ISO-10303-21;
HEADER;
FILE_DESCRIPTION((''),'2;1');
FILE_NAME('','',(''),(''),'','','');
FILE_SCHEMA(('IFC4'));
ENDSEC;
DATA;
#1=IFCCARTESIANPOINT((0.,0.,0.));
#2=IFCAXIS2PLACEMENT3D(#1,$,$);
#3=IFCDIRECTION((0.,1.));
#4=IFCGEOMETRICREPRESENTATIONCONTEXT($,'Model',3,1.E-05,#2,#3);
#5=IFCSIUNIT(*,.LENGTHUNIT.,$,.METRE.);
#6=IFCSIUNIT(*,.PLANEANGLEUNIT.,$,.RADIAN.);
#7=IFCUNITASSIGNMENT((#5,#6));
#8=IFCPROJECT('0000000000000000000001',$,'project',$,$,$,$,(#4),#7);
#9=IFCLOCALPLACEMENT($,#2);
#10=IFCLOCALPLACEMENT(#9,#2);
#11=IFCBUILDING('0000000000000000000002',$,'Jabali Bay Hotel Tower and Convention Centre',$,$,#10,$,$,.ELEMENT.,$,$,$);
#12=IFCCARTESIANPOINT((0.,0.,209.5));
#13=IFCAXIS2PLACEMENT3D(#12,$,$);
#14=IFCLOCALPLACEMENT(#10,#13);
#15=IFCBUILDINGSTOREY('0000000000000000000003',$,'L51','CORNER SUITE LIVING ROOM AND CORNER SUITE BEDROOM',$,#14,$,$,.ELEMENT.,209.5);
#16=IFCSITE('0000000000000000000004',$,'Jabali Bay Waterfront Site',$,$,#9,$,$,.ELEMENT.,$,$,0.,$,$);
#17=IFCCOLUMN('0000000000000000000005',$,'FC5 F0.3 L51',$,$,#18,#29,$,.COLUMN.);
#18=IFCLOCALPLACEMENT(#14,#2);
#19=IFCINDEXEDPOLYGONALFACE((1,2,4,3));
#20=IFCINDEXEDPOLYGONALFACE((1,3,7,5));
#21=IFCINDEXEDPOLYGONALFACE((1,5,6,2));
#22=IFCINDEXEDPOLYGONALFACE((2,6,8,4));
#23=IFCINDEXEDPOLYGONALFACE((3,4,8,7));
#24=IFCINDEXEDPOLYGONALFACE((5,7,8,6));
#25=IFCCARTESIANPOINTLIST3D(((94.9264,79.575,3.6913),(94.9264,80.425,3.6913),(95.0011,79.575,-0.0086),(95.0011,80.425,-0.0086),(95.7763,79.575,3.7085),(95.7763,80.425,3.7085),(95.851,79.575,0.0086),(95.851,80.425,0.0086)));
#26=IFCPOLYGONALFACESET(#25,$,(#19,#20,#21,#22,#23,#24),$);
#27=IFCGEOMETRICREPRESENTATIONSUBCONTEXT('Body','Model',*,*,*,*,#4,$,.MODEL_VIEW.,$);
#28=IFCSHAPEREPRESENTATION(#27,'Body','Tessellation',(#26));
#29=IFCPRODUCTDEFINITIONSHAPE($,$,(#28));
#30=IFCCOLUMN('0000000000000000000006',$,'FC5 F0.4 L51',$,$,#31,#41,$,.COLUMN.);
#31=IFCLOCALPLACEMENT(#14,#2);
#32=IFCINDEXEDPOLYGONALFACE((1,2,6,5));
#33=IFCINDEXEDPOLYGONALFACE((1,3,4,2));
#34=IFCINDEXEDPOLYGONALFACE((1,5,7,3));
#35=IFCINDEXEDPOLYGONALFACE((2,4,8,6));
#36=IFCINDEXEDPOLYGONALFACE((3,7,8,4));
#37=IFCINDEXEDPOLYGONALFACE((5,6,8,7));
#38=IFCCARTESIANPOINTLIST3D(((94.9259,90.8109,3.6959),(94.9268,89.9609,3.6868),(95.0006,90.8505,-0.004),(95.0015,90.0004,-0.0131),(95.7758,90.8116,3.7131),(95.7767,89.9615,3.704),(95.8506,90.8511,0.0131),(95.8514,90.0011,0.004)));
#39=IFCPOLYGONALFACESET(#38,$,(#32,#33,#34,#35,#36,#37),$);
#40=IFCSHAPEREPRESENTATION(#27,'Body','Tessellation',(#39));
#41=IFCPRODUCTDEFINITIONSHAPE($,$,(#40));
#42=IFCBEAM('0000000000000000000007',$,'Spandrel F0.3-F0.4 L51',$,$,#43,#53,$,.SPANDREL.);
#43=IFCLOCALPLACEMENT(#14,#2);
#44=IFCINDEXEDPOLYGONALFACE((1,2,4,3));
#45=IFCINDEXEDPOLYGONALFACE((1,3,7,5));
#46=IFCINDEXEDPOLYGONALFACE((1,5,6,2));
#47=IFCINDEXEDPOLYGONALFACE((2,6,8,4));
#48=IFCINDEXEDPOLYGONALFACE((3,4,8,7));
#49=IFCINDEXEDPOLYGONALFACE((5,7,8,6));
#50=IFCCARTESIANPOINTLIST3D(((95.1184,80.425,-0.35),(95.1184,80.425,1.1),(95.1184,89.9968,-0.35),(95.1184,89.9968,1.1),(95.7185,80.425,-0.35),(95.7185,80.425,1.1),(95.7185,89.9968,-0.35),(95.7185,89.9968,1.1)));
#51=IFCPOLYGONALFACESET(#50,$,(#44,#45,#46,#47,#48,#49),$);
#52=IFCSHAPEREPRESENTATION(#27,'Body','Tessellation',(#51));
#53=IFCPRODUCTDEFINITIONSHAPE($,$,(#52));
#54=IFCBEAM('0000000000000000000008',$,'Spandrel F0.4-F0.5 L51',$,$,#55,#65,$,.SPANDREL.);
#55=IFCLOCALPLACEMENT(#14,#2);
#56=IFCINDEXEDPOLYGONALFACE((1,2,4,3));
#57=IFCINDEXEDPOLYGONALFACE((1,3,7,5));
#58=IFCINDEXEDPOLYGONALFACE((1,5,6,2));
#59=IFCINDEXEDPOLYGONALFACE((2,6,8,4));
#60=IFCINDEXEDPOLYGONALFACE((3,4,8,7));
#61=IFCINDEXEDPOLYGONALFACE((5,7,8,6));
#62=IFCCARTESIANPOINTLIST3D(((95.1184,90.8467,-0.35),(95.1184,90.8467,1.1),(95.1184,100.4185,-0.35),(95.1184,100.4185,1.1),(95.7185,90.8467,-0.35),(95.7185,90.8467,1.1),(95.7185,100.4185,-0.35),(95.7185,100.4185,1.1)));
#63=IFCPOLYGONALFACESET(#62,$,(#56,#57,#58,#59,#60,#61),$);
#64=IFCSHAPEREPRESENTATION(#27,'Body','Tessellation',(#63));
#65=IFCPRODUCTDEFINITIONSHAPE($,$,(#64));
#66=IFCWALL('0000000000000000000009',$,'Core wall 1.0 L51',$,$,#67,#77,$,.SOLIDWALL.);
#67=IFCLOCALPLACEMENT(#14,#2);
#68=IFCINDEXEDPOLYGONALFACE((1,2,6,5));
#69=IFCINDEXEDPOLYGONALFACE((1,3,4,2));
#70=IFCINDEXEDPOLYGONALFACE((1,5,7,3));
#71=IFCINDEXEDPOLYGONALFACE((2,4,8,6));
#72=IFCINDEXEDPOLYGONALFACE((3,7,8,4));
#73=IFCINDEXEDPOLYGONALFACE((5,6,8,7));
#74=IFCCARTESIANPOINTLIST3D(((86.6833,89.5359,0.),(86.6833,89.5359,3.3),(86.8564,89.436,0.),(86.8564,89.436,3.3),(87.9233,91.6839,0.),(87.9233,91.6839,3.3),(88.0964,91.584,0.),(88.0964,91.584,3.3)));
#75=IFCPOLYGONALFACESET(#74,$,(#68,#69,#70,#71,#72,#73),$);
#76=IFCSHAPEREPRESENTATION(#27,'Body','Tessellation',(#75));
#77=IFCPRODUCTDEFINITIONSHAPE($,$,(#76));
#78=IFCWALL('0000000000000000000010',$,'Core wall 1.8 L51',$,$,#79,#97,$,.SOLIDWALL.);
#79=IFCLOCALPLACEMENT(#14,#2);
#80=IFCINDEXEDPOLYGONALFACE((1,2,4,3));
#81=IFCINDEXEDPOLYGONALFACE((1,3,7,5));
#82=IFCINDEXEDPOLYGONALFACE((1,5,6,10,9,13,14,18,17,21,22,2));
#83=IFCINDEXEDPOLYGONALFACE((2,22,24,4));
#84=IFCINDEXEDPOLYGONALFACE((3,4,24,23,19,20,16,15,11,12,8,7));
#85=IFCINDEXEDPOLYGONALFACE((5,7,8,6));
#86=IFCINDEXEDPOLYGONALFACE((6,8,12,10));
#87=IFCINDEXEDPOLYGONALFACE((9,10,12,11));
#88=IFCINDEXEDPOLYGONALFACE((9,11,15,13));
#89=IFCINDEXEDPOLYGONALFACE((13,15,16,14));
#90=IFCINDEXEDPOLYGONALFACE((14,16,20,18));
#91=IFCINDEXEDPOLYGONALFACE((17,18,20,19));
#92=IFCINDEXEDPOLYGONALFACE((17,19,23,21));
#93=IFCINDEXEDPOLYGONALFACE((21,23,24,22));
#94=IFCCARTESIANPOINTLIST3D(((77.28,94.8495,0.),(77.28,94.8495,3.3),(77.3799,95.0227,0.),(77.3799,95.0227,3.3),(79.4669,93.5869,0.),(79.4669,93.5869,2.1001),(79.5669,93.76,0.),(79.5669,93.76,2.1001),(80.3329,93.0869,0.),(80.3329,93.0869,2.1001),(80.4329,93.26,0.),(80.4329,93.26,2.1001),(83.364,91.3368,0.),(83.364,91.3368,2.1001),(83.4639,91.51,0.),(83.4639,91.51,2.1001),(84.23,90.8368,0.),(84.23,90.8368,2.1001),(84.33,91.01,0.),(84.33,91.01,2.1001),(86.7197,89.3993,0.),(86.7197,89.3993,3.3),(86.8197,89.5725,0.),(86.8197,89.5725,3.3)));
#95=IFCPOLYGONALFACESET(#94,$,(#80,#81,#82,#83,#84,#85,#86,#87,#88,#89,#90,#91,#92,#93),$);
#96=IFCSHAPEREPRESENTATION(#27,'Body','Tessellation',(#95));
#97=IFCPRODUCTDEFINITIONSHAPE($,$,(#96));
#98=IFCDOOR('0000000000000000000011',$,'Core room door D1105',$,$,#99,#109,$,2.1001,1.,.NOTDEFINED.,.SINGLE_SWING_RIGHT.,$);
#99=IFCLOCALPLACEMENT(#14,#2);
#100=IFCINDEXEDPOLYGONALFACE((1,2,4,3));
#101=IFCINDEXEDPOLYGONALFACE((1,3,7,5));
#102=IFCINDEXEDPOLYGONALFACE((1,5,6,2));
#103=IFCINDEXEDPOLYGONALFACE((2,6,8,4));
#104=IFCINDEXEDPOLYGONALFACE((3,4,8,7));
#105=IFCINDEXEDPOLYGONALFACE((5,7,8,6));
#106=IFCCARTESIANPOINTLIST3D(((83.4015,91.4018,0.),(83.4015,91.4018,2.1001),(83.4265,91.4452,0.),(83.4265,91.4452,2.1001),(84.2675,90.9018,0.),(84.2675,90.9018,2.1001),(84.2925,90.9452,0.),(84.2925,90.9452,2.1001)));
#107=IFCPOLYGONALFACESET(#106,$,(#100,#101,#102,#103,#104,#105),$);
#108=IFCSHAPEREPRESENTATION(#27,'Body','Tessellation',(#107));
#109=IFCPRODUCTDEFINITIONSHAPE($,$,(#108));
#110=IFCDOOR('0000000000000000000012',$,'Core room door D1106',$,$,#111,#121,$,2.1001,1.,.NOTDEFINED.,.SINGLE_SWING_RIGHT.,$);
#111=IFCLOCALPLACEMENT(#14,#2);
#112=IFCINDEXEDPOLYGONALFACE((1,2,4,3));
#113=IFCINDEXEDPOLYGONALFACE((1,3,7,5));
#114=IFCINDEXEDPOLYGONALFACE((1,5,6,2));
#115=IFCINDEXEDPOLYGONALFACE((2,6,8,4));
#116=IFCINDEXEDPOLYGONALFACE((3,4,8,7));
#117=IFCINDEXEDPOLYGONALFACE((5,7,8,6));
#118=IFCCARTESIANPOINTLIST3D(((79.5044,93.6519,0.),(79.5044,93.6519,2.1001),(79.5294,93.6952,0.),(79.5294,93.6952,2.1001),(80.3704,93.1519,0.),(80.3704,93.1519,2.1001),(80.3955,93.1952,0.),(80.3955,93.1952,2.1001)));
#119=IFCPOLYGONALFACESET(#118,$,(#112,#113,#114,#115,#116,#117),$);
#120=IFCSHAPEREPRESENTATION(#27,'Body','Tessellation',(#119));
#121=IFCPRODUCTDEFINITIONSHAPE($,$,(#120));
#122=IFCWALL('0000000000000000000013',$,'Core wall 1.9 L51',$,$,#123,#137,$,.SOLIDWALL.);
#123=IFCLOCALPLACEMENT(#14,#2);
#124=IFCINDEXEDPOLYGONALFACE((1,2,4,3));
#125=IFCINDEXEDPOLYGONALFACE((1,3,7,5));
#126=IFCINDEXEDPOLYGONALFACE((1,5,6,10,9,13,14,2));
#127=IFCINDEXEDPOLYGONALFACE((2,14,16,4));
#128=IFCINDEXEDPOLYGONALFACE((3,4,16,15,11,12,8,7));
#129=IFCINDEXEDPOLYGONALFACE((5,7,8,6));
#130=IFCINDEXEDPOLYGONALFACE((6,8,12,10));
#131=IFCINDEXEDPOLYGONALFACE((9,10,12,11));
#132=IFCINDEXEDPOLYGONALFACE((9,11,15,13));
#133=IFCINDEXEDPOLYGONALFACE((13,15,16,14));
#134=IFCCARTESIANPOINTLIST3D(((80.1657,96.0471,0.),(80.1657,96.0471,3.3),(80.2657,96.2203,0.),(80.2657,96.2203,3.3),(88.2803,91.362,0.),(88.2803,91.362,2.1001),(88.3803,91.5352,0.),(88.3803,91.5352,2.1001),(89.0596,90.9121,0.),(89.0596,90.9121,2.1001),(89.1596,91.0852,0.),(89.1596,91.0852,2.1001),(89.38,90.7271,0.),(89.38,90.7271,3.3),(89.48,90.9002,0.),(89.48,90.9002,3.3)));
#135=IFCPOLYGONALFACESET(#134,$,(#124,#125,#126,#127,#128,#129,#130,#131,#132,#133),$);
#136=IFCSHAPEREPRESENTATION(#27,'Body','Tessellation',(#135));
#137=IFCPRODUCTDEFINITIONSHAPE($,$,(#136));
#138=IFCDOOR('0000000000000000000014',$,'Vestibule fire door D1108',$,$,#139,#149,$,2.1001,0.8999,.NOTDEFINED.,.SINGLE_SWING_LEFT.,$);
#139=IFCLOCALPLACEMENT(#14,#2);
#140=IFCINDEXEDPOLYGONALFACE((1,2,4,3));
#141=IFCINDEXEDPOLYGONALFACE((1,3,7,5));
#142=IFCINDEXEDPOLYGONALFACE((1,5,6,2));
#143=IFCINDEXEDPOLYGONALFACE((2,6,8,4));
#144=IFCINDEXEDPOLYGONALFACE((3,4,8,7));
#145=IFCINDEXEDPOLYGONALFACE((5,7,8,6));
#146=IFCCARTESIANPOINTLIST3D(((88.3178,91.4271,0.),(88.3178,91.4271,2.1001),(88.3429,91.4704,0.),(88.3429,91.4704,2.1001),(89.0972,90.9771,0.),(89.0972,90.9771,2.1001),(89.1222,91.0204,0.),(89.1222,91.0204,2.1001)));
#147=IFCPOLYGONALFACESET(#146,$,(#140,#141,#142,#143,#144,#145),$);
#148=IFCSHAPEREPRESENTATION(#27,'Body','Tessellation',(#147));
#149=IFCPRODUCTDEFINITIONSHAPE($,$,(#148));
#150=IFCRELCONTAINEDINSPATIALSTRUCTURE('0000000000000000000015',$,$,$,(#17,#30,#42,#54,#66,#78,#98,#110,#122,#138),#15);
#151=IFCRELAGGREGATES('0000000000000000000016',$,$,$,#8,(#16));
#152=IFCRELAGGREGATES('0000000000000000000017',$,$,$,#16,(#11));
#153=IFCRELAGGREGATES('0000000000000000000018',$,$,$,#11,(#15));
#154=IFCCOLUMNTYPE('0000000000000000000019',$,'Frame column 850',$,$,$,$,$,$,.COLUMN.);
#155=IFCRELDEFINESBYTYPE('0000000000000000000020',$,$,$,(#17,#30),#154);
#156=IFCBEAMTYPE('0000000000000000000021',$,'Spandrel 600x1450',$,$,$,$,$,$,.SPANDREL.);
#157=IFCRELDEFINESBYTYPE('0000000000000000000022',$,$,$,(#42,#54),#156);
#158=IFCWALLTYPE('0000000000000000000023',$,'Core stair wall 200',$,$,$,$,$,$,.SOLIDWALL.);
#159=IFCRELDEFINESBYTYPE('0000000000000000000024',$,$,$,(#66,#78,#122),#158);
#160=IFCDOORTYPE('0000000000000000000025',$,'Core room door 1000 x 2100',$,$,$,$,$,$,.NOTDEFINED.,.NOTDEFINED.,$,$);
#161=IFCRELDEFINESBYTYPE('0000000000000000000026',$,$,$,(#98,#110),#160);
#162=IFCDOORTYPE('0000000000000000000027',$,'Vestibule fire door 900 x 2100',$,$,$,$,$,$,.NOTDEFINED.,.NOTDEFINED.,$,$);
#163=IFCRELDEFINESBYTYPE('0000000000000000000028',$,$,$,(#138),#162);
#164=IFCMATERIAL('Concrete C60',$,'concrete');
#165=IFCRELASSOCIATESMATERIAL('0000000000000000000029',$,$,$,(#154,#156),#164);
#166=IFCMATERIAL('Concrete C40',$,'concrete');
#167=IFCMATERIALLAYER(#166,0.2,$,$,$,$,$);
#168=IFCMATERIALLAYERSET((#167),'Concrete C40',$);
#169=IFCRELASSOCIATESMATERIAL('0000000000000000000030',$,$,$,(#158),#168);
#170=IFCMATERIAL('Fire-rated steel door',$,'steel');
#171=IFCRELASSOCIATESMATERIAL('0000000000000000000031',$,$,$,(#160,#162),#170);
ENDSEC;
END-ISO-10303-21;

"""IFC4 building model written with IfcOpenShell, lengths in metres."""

from ifc_helpers import new_model, si_unit, direction, frame, frame_2d, origin, origin_2d, place, context, subcontext, project, spatial, rectangle, extrude, material, layer, layer_set, material_profile, profile_set, type_object, element, fill, save


model = new_model("IFC4")

# Units and contexts
model_context = context("Model", 3, precision=1e-05, world=origin(), true_north=direction((0.0, 1.0)))
body_context = subcontext(model_context, "Body", "Model", "MODEL_VIEW")
ifc_project = project(units=[si_unit("LENGTHUNIT", "METRE"), si_unit("PLANEANGLEUNIT", "RADIAN")], contexts=[model_context])

# Site, building, storey
site_placement = place(None, origin())
site = spatial("IfcSite", under=ifc_project, at=site_placement, Name="Jabali Bay Waterfront Site", CompositionType="ELEMENT", RefElevation=0.0)
building_placement = place(site_placement, origin())
building = spatial("IfcBuilding", under=site, at=building_placement, Name="Jabali Bay Hotel Tower and Convention Centre", CompositionType="ELEMENT")
storey_placement = place(building_placement, frame((0.0, 0.0, 209.5)))
storey = spatial("IfcBuildingStorey", under=building, at=storey_placement, Name="L51", Description="CORNER SUITE LIVING ROOM AND CORNER SUITE BEDROOM", CompositionType="ELEMENT", Elevation=209.5)

# Columns
ifc_material_1 = material(Name="Concrete C60", Category="concrete")
ifc_material_profile_1 = material_profile(ifc_material_1, rectangle(XDim=0.8501, YDim=0.8501, at=origin_2d()), Name="Frame column 850")
ifc_profile_set_1 = profile_set([ifc_material_profile_1], Name="Concrete C60")
column_type = type_object("IfcColumnType", Name="Frame column 850", PredefinedType="COLUMN", material=ifc_profile_set_1)
column_1_placement = place(storey_placement, frame((95.426, 80.0, 0.0), z_axis=(-0.020187, 0.0, 0.999796), x_axis=(0.0, -1.0, 0.0)))
element("IfcColumn", 1, at=column_1_placement, inside=storey, type_object=column_type, Name="FC5 F0.3 L51", PredefinedType="COLUMN", context=body_context, shape_type="SweptSolid", body=[
    extrude(rectangle(XDim=0.8501, YDim=0.8501, at=origin_2d()), origin(), (0.0, 0.0, 1.0), 3.7007),
])
column_2_placement = place(storey_placement, frame((95.426, 90.4258, 0.0), z_axis=(-0.020186, -0.010687, 0.999739), x_axis=(0.999796, 0.000797, 0.020196)))
element("IfcColumn", 2, at=column_2_placement, inside=storey, type_object=column_type, Name="FC5 F0.4 L51", PredefinedType="COLUMN", context=body_context, shape_type="SweptSolid", body=[
    extrude(rectangle(XDim=0.8501, YDim=0.8501, at=origin_2d()), origin(), (0.0, 0.0, 1.0), 3.7009),
])

# Beams
ifc_material_profile_2 = material_profile(ifc_material_1, rectangle(XDim=0.6001, YDim=1.45, at=origin_2d()), Name="Spandrel 600x1450")
ifc_profile_set_2 = profile_set([ifc_material_profile_2], Name="Concrete C60")
beam_type = type_object("IfcBeamType", Name="Spandrel 600x1450", PredefinedType="SPANDREL", material=ifc_profile_set_2)
for number, where, z_axis, x_axis, name in (
    (3, (95.4185, 80.425, 0.375), (0.0, 1.0, 0.0), (-1.0, 0.0, 0.0), "Spandrel F0.3-F0.4 L51"),
    (4, (95.4185, 90.8467, 0.375), (0.0, 1.0, 0.0), (-1.0, 0.0, 0.0), "Spandrel F0.4-F0.5 L51"),
):
    element("IfcBeam", number, at=place(storey_placement, frame(where, z_axis=z_axis, x_axis=x_axis)), inside=storey, type_object=beam_type, Name=name, PredefinedType="SPANDREL", context=body_context, shape_type="SweptSolid", body=[
        extrude(rectangle(XDim=0.6001, YDim=1.45, at=origin_2d()), origin(), (0.0, 0.0, 1.0), 9.5718),
    ])

# Wall
ifc_material_2 = material(Name="Concrete C40", Category="concrete")
ifc_layer_1 = layer(ifc_material_2, 0.2)
ifc_layer_set_1 = layer_set([ifc_layer_1], Name="Concrete C40")
wall_type_1 = type_object("IfcWallType", Name="Core stair wall 200", PredefinedType="SOLIDWALL", material=ifc_layer_set_1)
wall_1_placement = place(storey_placement, frame((86.7698, 89.4858, 0.0), z_axis=(0.0, 0.0, 1.0), x_axis=(0.499961, 0.866048, 0.0)))
element("IfcWall", 5, at=wall_1_placement, inside=storey, type_object=wall_type_1, Name="Core wall 1.0 L51", PredefinedType="SOLIDWALL", context=body_context, shape_type="SweptSolid", body=[
    extrude(rectangle(XDim=2.4802, YDim=0.2, at=frame_2d((1.2402, 0.0))), origin(), (0.0, 0.0, 1.0), 3.3),
])

# Wall, openings, doors
wall_2_placement = place(storey_placement, frame((86.7698, 89.4858, 0.0), z_axis=(0.0, 0.0, 1.0), x_axis=(-0.866018, 0.500013, 0.0)))
wall_2 = element("IfcWall", 6, at=wall_2_placement, inside=storey, type_object=wall_type_1, Name="Core wall 1.8 L51", PredefinedType="SOLIDWALL", context=body_context, shape_type="SweptSolid", body=[
    extrude(rectangle(XDim=10.9001, YDim=0.2, at=frame_2d((5.4502, 0.0))), origin(), (0.0, 0.0, 1.0), 3.3),
])
opening_1_placement = place(wall_2_placement, frame((2.875, 0.0, 0.0)))
opening_1 = element("IfcOpeningElement", 7, at=opening_1_placement, cuts=wall_2, PredefinedType="OPENING", context=body_context, shape_type="SweptSolid", body=[
    extrude(rectangle(XDim=1.0, YDim=2.1001, at=frame_2d((0.5, 1.05))), frame((0.0, 0.1104, 0.0), z_axis=(0.0, -1.0, 0.0), x_axis=(1.0, 0.0, 0.0)), (0.0, 0.0, 1.0), 0.2209),
])
opening_2_placement = place(wall_2_placement, frame((7.375, 0.0, 0.0)))
opening_2 = element("IfcOpeningElement", 8, at=opening_2_placement, cuts=wall_2, PredefinedType="OPENING", context=body_context, shape_type="SweptSolid", body=[
    extrude(rectangle(XDim=1.0, YDim=2.1001, at=frame_2d((0.5, 1.05))), frame((0.0, 0.1104, 0.0), z_axis=(0.0, -1.0, 0.0), x_axis=(1.0, 0.0, 0.0)), (0.0, 0.0, 1.0), 0.2209),
])
ifc_material_3 = material(Name="Fire-rated steel door", Category="steel")
door_type_1 = type_object("IfcDoorType", Name="Core room door 1000 x 2100", OperationType="NOTDEFINED", PredefinedType="NOTDEFINED", material=ifc_material_3)
door_1_placement = place(opening_1_placement, origin())
door_1 = element("IfcDoor", 9, at=door_1_placement, inside=storey, type_object=door_type_1, Name="Core room door D1105", OperationType="SINGLE_SWING_RIGHT", OverallHeight=2.1001, OverallWidth=1.0, PredefinedType="NOTDEFINED", context=body_context, shape_type="SweptSolid", body=[
    extrude(rectangle(XDim=1.0, YDim=2.1001, at=frame_2d((0.5, 1.05))), frame((0.0, 0.0249, 0.0), z_axis=(0.0, -1.0, 0.0), x_axis=(1.0, 0.0, 0.0)), (0.0, 0.0, 1.0), 0.05),
])
fill(opening_1, door_1)
door_2_placement = place(opening_2_placement, origin())
door_2 = element("IfcDoor", 10, at=door_2_placement, inside=storey, type_object=door_type_1, Name="Core room door D1106", OperationType="SINGLE_SWING_RIGHT", OverallHeight=2.1001, OverallWidth=1.0, PredefinedType="NOTDEFINED", context=body_context, shape_type="SweptSolid", body=[
    extrude(rectangle(XDim=1.0, YDim=2.1001, at=frame_2d((0.5, 1.05))), frame((0.0, 0.0249, 0.0), z_axis=(0.0, -1.0, 0.0), x_axis=(1.0, 0.0, 0.0)), (0.0, 0.0, 1.0), 0.05),
])
fill(opening_2, door_2)

# Wall, opening, door
wall_3_placement = place(storey_placement, frame((89.4299, 90.8137, 0.0), z_axis=(0.0, 0.0, 1.0), x_axis=(-0.866019, 0.500011, 0.0)))
wall_3 = element("IfcWall", 11, at=wall_3_placement, inside=storey, type_object=wall_type_1, Name="Core wall 1.9 L51", PredefinedType="SOLIDWALL", context=body_context, shape_type="SweptSolid", body=[
    extrude(rectangle(XDim=10.6399, YDim=0.2, at=frame_2d((5.3198, 0.0))), origin(), (0.0, 0.0, 1.0), 3.3),
])
opening_3_placement = place(wall_3_placement, frame((0.3699, 0.0, 0.0)))
opening_3 = element("IfcOpeningElement", 12, at=opening_3_placement, cuts=wall_3, PredefinedType="OPENING", context=body_context, shape_type="SweptSolid", body=[
    extrude(rectangle(XDim=0.8999, YDim=2.1001, at=frame_2d((0.45, 1.05))), frame((0.0, 0.1104, 0.0), z_axis=(0.0, -1.0, 0.0), x_axis=(1.0, 0.0, 0.0)), (0.0, 0.0, 1.0), 0.2209),
])
door_type_2 = type_object("IfcDoorType", Name="Vestibule fire door 900 x 2100", OperationType="NOTDEFINED", PredefinedType="NOTDEFINED", material=ifc_material_3)
door_3_placement = place(opening_3_placement, origin())
door_3 = element("IfcDoor", 13, at=door_3_placement, inside=storey, type_object=door_type_2, Name="Vestibule fire door D1108", OperationType="SINGLE_SWING_LEFT", OverallHeight=2.1001, OverallWidth=0.8999, PredefinedType="NOTDEFINED", context=body_context, shape_type="SweptSolid", body=[
    extrude(rectangle(XDim=0.8999, YDim=2.1001, at=frame_2d((0.45, 1.05))), frame((0.0, 0.0249, 0.0), z_axis=(0.0, -1.0, 0.0), x_axis=(1.0, 0.0, 0.0)), (0.0, 0.0, 1.0), 0.05),
])
fill(opening_3, door_3)

save(model, "model.ifc")
